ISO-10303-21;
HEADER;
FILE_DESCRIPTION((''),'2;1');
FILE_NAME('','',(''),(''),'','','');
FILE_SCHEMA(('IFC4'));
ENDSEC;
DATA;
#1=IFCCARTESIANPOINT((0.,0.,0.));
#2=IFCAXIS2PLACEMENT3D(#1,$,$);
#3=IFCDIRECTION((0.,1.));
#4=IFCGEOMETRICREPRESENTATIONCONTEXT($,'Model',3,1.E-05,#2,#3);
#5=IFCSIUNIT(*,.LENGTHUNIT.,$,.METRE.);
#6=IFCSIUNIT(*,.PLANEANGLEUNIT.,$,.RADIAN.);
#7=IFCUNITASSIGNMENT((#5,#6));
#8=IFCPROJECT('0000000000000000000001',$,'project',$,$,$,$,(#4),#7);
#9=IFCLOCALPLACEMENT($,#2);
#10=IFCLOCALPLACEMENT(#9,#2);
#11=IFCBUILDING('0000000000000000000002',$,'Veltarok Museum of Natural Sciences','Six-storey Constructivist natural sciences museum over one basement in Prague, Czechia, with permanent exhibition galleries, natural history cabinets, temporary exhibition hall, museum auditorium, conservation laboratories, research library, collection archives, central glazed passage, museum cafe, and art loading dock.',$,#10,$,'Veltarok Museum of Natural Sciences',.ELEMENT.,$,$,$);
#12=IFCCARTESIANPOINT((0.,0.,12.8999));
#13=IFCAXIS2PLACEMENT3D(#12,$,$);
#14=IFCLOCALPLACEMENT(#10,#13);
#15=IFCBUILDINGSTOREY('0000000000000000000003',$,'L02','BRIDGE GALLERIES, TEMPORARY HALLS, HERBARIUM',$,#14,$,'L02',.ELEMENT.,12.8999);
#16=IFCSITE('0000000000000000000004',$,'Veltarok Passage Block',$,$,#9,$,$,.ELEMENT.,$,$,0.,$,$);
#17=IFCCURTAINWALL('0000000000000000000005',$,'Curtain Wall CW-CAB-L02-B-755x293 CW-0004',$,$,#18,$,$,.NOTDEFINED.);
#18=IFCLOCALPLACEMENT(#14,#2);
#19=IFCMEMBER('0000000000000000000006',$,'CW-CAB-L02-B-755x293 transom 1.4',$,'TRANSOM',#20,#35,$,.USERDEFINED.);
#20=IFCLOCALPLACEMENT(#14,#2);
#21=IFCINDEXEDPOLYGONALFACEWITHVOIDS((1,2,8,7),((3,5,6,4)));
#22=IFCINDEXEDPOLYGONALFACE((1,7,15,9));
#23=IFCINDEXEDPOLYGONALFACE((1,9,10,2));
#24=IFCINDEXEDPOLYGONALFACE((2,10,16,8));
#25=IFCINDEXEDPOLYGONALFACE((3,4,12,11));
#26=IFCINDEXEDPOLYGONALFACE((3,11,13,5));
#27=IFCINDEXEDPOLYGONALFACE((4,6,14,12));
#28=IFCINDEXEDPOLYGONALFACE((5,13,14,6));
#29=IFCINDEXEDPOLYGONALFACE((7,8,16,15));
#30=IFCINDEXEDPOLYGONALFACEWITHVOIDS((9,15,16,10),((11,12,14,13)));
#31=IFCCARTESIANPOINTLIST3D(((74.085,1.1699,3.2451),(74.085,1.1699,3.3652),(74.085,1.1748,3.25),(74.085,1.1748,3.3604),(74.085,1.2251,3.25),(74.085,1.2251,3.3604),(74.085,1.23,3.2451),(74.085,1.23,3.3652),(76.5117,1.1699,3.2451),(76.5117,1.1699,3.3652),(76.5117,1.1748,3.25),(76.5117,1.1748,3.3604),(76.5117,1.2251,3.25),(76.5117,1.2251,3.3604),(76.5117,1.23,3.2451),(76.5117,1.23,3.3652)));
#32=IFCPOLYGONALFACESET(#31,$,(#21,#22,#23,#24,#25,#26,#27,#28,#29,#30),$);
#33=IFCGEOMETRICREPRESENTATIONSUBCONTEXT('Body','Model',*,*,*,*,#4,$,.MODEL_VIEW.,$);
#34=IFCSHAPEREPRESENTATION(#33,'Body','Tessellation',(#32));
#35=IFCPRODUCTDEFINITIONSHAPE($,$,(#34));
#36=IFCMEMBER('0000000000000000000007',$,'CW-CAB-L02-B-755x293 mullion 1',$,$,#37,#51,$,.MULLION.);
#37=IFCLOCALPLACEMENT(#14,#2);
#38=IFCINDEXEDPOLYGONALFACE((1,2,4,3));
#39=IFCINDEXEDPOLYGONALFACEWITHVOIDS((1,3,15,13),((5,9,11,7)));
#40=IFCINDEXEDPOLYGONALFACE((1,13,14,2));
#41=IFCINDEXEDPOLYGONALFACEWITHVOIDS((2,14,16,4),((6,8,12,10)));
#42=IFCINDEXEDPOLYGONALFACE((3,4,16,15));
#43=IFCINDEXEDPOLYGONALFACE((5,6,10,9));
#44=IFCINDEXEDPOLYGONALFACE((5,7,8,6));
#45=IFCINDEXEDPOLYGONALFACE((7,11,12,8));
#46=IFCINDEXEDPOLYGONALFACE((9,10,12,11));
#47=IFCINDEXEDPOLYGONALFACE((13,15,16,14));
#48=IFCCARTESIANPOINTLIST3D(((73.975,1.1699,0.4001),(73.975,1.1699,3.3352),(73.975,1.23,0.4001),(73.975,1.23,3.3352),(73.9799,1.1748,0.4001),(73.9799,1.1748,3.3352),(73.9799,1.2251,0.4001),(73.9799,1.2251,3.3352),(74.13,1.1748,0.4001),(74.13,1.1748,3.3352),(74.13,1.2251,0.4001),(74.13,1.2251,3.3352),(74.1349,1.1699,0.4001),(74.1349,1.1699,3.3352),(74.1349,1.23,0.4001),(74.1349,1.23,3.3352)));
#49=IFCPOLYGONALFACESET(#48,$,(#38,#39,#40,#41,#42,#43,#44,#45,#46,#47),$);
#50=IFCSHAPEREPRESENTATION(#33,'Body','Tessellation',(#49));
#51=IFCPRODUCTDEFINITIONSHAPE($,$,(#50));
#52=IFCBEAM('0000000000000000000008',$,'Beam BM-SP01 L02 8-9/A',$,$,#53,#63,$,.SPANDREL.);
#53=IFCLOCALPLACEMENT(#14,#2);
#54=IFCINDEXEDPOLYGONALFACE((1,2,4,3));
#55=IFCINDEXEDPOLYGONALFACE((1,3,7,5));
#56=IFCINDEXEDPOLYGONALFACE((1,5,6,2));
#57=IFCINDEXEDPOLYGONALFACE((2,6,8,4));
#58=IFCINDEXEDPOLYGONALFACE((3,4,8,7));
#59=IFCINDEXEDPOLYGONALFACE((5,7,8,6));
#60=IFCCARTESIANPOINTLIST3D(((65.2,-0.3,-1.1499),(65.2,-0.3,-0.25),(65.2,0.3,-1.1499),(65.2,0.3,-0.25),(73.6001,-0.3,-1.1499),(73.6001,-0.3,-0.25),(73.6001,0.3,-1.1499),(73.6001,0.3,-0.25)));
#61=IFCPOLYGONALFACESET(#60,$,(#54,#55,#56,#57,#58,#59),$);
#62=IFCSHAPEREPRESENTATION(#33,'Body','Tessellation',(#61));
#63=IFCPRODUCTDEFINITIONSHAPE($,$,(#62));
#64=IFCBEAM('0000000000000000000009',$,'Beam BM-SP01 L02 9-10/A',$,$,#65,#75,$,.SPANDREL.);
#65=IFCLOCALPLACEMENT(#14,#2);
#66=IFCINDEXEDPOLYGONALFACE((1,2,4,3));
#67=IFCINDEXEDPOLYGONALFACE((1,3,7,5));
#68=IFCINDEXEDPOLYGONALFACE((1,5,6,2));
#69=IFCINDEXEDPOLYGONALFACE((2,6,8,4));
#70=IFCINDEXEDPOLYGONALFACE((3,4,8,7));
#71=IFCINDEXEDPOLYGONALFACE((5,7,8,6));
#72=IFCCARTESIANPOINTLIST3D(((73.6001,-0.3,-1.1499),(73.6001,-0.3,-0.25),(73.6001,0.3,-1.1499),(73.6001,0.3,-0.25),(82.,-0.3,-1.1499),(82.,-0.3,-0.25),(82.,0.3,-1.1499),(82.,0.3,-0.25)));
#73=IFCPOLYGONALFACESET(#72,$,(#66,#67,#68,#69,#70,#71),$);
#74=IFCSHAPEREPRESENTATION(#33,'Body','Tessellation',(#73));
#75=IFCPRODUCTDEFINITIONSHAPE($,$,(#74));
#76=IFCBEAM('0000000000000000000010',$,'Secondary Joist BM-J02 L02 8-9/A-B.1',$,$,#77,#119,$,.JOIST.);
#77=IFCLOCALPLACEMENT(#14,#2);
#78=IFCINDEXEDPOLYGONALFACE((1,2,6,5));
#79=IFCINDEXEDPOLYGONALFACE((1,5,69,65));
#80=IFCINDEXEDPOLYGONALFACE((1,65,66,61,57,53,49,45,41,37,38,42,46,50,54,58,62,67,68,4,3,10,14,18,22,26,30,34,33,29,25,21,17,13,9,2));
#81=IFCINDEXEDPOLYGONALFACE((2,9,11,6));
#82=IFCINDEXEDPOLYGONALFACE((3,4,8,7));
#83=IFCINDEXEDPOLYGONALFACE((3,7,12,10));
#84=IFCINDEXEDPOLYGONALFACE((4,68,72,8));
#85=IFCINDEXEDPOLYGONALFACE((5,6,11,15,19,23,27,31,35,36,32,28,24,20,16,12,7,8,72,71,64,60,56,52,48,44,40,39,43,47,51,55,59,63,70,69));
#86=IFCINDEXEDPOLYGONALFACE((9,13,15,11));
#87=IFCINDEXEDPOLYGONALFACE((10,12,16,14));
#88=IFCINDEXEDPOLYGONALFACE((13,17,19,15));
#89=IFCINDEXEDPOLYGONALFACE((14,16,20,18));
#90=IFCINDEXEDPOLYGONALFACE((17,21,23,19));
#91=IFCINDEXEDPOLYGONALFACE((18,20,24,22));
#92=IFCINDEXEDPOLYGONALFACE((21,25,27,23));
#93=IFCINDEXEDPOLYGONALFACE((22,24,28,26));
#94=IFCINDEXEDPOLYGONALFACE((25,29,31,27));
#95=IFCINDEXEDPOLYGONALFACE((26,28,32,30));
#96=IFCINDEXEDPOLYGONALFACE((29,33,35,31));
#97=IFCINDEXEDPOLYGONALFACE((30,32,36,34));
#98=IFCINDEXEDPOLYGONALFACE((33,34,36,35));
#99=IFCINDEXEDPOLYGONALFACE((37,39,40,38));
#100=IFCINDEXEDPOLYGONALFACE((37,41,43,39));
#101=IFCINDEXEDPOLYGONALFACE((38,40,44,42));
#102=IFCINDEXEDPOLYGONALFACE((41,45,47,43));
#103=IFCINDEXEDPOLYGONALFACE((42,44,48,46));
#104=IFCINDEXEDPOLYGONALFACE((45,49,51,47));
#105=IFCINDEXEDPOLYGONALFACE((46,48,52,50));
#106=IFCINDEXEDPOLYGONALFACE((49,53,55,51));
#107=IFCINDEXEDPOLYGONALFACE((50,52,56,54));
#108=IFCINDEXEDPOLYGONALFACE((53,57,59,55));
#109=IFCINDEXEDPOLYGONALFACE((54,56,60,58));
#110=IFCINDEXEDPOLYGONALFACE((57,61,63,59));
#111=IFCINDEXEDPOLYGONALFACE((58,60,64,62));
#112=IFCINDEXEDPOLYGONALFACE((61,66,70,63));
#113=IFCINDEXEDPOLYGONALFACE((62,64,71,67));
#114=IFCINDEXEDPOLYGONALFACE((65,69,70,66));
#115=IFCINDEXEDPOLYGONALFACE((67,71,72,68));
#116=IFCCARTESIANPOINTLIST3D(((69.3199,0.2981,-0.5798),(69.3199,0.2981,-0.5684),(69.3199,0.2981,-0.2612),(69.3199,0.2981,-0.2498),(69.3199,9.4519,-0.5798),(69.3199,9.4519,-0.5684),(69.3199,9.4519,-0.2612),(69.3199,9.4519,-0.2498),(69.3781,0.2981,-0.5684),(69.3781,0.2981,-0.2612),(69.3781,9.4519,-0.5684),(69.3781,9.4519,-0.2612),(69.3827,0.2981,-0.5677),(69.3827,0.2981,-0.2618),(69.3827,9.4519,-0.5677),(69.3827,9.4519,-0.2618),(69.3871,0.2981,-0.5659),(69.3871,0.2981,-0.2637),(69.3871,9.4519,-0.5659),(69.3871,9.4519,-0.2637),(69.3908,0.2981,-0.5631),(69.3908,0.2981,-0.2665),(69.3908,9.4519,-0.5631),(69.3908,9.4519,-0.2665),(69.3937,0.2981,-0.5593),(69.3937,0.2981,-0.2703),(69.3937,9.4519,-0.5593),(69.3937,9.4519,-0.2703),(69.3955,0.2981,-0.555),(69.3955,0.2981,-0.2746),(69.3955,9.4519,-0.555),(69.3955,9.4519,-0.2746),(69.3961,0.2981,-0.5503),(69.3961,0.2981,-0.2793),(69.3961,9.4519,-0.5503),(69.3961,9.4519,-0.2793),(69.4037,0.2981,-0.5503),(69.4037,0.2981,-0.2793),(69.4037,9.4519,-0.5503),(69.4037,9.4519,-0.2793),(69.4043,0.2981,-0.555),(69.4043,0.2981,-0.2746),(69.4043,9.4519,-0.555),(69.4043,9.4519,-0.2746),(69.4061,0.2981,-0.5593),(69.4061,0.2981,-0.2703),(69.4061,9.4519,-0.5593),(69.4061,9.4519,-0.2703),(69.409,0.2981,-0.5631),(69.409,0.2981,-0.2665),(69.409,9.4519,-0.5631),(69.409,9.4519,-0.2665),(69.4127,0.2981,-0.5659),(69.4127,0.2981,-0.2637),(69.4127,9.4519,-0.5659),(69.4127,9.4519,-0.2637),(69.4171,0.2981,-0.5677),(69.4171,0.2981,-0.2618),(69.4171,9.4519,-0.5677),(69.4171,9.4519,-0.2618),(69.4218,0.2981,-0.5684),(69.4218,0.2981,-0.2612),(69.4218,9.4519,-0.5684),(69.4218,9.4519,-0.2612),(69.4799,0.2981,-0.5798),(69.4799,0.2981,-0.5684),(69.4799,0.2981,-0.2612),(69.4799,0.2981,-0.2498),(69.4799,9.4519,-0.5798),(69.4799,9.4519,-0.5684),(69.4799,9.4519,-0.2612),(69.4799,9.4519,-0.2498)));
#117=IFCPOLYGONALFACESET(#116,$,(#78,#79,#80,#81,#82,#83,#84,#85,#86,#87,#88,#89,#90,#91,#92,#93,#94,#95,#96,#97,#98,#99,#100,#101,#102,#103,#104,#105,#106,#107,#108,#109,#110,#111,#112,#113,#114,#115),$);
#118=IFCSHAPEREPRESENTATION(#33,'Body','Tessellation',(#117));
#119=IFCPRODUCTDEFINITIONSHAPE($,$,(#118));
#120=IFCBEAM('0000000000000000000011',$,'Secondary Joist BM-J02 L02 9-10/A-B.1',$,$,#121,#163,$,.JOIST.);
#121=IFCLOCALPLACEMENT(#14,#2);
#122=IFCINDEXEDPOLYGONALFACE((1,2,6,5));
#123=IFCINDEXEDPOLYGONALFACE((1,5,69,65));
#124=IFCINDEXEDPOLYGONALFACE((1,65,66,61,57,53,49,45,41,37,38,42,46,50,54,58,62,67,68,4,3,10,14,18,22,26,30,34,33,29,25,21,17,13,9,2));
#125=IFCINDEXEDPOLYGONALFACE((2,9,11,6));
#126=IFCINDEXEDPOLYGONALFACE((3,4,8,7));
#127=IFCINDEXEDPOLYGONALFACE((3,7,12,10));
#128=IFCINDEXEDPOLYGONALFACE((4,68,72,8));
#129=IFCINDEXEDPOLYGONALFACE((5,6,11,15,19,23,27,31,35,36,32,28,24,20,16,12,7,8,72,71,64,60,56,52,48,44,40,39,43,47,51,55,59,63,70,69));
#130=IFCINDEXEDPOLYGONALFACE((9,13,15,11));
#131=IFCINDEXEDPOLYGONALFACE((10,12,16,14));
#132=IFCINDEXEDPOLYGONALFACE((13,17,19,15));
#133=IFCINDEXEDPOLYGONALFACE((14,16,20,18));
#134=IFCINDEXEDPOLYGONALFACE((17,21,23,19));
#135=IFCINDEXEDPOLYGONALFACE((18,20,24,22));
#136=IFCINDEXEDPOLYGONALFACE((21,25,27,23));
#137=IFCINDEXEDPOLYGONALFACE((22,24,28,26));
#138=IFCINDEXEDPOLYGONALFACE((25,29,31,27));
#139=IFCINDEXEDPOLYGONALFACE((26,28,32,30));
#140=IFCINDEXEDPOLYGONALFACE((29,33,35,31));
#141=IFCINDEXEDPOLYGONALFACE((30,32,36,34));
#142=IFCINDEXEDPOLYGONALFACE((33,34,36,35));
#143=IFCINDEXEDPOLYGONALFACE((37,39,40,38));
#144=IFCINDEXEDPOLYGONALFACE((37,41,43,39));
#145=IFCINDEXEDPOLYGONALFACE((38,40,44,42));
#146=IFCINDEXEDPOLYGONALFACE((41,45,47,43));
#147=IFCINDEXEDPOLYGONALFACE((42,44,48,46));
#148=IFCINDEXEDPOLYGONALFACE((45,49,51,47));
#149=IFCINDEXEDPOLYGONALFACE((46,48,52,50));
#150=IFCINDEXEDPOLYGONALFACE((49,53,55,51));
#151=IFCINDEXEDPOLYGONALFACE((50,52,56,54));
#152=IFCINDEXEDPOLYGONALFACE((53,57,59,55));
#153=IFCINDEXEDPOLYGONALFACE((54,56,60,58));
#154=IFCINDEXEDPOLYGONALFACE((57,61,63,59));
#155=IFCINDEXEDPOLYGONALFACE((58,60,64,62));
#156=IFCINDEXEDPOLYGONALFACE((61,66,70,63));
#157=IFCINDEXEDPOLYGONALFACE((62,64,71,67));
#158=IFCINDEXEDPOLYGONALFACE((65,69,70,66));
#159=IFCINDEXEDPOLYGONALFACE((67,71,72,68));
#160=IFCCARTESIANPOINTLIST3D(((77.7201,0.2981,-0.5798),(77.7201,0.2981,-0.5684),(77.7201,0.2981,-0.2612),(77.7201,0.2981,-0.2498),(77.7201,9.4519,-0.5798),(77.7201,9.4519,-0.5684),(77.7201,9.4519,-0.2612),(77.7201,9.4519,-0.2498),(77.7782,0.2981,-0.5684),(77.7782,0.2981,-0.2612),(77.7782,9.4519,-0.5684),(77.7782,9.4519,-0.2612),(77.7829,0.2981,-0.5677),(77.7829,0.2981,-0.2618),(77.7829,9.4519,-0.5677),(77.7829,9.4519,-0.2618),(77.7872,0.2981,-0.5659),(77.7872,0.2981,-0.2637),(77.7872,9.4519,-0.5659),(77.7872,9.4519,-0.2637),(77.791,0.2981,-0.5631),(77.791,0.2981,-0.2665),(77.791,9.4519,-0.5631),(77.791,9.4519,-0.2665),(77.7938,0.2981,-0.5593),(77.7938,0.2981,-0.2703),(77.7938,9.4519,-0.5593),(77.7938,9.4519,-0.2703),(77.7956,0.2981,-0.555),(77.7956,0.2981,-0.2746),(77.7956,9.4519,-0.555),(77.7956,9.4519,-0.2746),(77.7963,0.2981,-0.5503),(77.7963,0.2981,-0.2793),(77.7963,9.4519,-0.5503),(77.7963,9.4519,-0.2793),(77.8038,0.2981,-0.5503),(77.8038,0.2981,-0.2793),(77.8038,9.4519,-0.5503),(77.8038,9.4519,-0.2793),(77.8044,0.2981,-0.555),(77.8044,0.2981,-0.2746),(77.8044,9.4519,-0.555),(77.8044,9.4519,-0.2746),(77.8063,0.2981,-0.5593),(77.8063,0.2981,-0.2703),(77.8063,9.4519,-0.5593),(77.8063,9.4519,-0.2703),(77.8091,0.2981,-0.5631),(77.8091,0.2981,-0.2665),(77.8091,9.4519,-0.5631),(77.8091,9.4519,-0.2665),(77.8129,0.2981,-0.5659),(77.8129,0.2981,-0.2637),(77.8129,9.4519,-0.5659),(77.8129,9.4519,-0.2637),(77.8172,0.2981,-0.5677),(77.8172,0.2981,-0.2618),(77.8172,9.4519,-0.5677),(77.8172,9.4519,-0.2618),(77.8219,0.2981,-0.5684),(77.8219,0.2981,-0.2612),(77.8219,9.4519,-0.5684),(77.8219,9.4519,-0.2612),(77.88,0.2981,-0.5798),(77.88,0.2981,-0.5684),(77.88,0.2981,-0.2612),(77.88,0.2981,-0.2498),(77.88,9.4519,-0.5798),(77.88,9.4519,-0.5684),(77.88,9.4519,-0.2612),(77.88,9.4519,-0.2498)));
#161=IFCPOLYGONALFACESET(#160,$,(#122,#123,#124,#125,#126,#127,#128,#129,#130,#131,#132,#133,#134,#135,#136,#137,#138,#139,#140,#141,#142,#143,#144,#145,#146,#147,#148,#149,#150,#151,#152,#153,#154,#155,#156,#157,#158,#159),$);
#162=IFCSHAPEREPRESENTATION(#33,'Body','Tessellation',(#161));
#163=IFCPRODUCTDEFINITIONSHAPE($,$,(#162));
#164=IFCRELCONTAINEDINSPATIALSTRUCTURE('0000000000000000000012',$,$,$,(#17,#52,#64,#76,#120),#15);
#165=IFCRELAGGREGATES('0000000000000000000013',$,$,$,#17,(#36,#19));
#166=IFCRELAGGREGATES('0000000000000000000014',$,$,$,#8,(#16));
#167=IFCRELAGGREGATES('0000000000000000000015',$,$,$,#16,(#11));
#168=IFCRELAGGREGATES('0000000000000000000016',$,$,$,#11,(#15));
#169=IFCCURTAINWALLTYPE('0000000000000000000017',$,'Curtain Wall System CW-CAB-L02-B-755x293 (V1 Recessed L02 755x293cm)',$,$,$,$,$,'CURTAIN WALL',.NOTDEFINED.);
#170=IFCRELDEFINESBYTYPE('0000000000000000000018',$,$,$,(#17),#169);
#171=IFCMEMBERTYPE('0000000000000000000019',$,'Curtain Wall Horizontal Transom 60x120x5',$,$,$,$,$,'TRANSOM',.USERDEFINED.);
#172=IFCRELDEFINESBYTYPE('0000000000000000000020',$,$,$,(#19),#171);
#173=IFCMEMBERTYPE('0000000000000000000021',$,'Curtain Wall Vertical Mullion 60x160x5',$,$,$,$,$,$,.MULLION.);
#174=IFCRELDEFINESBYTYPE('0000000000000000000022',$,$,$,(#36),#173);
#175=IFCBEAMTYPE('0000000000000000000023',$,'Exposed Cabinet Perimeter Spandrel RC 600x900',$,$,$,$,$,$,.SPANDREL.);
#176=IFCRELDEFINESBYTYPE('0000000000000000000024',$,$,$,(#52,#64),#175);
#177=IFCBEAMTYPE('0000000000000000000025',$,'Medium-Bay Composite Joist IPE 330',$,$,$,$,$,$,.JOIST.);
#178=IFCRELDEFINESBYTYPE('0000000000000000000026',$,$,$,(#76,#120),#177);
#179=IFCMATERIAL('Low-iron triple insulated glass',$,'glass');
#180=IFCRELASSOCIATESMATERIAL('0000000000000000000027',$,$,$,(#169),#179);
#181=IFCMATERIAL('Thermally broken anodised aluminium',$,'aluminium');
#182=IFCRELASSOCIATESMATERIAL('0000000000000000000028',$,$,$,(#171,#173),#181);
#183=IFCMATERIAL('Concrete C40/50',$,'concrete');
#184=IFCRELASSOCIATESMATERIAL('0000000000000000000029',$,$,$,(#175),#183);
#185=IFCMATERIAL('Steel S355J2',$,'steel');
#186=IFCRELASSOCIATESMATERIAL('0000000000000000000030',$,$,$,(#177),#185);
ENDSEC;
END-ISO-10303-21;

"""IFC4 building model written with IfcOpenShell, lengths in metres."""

from ifc_helpers import new_model, si_unit, direction, frame, origin, origin_2d, place, context, subcontext, project, spatial, rectangle, hollow_rectangle, i_section, extrude, material, material_profile, profile_set, type_object, element, aggregate, save


model = new_model("IFC4")

# Units and contexts
model_context = context("Model", 3, precision=1e-05, world=origin(), true_north=direction((0.0, 1.0)))
body_context = subcontext(model_context, "Body", "Model", "MODEL_VIEW")
ifc_project = project(units=[si_unit("LENGTHUNIT", "METRE"), si_unit("PLANEANGLEUNIT", "RADIAN")], contexts=[model_context])

# Site, building, storey
site_placement = place(None, origin())
site = spatial("IfcSite", under=ifc_project, at=site_placement, Name="Veltarok Passage Block", CompositionType="ELEMENT", RefElevation=0.0)
building_placement = place(site_placement, origin())
building = spatial("IfcBuilding", under=site, at=building_placement, Name="Veltarok Museum of Natural Sciences", Description="Six-storey Constructivist natural sciences museum over one basement in Prague, Czechia, with permanent exhibition galleries, natural history cabinets, temporary exhibition hall, museum auditorium, conservation laboratories, research library, collection archives, central glazed passage, museum cafe, and art loading dock.", LongName="Veltarok Museum of Natural Sciences", CompositionType="ELEMENT")
storey_placement = place(building_placement, frame((0.0, 0.0, 12.8999)))
storey = spatial("IfcBuildingStorey", under=building, at=storey_placement, Name="L02", Description="BRIDGE GALLERIES, TEMPORARY HALLS, HERBARIUM", LongName="L02", CompositionType="ELEMENT", Elevation=12.8999)

# Shared definitions
ifc_material_1 = material(Name="Concrete C40/50", Category="concrete")

# Shared definitions
ifc_material_2 = material(Name="Steel S355J2", Category="steel")

# Curtain wall, members
ifc_material_3 = material(Name="Low-iron triple insulated glass", Category="glass")
curtain_wall_type = type_object("IfcCurtainWallType", Name="Curtain Wall System CW-CAB-L02-B-755x293 (V1 Recessed L02 755x293cm)", ElementType="CURTAIN WALL", PredefinedType="NOTDEFINED", material=ifc_material_3)
curtain_wall_placement = place(storey_placement, origin())
curtain_wall = element("IfcCurtainWall", 1, at=curtain_wall_placement, inside=storey, type_object=curtain_wall_type, Name="Curtain Wall CW-CAB-L02-B-755x293 CW-0004", PredefinedType="NOTDEFINED")
ifc_material_4 = material(Name="Thermally broken anodised aluminium", Category="aluminium")
ifc_material_profile_1 = material_profile(ifc_material_4, hollow_rectangle(XDim=0.0601, YDim=0.1201, WallThickness=0.0049, at=origin_2d()), Name="CW TRANSOM 60x120x5")
ifc_profile_set_1 = profile_set([ifc_material_profile_1], Name="Thermally broken anodised aluminium")
member_type_1 = type_object("IfcMemberType", Name="Curtain Wall Horizontal Transom 60x120x5", ElementType="TRANSOM", PredefinedType="USERDEFINED", material=ifc_profile_set_1)
member_1_placement = place(storey_placement, frame((74.085, 1.2, 3.3052), z_axis=(1.0, 0.0, 0.0), x_axis=(0.0, 1.0, 0.0)))
member_1 = element("IfcMember", 2, at=member_1_placement, type_object=member_type_1, Name="CW-CAB-L02-B-755x293 transom 1.4", ObjectType="TRANSOM", PredefinedType="USERDEFINED", context=body_context, shape_type="SweptSolid", body=[
    extrude(hollow_rectangle(XDim=0.0601, YDim=0.1201, WallThickness=0.0049, at=origin_2d()), origin(), (0.0, 0.0, 1.0), 2.4268),
])
ifc_material_profile_2 = material_profile(ifc_material_4, hollow_rectangle(XDim=0.0601, YDim=0.1599, WallThickness=0.0049, at=origin_2d()), Name="CW MULLION 60x160x5")
ifc_profile_set_2 = profile_set([ifc_material_profile_2], Name="Thermally broken anodised aluminium")
member_type_2 = type_object("IfcMemberType", Name="Curtain Wall Vertical Mullion 60x160x5", PredefinedType="MULLION", material=ifc_profile_set_2)
member_2_placement = place(storey_placement, frame((74.0549, 1.2, 0.4001), z_axis=(0.0, 0.0, 1.0), x_axis=(0.0, 1.0, 0.0)))
member_2 = element("IfcMember", 3, at=member_2_placement, type_object=member_type_2, Name="CW-CAB-L02-B-755x293 mullion 1", PredefinedType="MULLION", context=body_context, shape_type="SweptSolid", body=[
    extrude(hollow_rectangle(XDim=0.0601, YDim=0.1599, WallThickness=0.0049, at=origin_2d()), origin(), (0.0, 0.0, 1.0), 2.9351),
])

# Beams
ifc_material_profile_3 = material_profile(ifc_material_1, rectangle(XDim=0.6001, YDim=0.8999, at=origin_2d()), Name="RC 600x900")
ifc_profile_set_3 = profile_set([ifc_material_profile_3], Name="Concrete C40/50")
beam_type_1 = type_object("IfcBeamType", Name="Exposed Cabinet Perimeter Spandrel RC 600x900", PredefinedType="SPANDREL", material=ifc_profile_set_3)
beam_1_placement = place(storey_placement, frame((65.2, 0.0, -0.7), z_axis=(1.0, 0.0, 0.0), x_axis=(0.0, 1.0, 0.0)))
element("IfcBeam", 4, at=beam_1_placement, inside=storey, type_object=beam_type_1, Name="Beam BM-SP01 L02 8-9/A", PredefinedType="SPANDREL", context=body_context, shape_type="SweptSolid", body=[
    extrude(rectangle(XDim=0.6001, YDim=0.8999, at=origin_2d()), origin(), (0.0, 0.0, 1.0), 8.4001),
])
beam_2_placement = place(storey_placement, frame((73.6001, 0.0, -0.7), z_axis=(1.0, 0.0, 0.0), x_axis=(0.0, 1.0, 0.0)))
element("IfcBeam", 5, at=beam_2_placement, inside=storey, type_object=beam_type_1, Name="Beam BM-SP01 L02 9-10/A", PredefinedType="SPANDREL", context=body_context, shape_type="SweptSolid", body=[
    extrude(rectangle(XDim=0.6001, YDim=0.8999, at=origin_2d()), origin(), (0.0, 0.0, 1.0), 8.3999),
])
ifc_material_profile_4 = material_profile(ifc_material_2, i_section(OverallWidth=0.1599, OverallDepth=0.3301, WebThickness=0.0076, FlangeThickness=0.0115, FilletRadius=0.0181, at=origin_2d()), Name="IPE 330")
ifc_profile_set_4 = profile_set([ifc_material_profile_4], Name="Steel S355J2")
beam_type_2 = type_object("IfcBeamType", Name="Medium-Bay Composite Joist IPE 330", PredefinedType="JOIST", material=ifc_profile_set_4)
for number, where, z_axis, x_axis, name in (
    (6, (69.3999, 0.2981, -0.4148), (0.0, 1.0, 0.0), (-1.0, 0.0, 0.0), "Secondary Joist BM-J02 L02 8-9/A-B.1"),
    (7, (77.8, 0.2981, -0.4148), (0.0, 1.0, 0.0), (-1.0, 0.0, 0.0), "Secondary Joist BM-J02 L02 9-10/A-B.1"),
):
    element("IfcBeam", number, at=place(storey_placement, frame(where, z_axis=z_axis, x_axis=x_axis)), inside=storey, type_object=beam_type_2, Name=name, PredefinedType="JOIST", context=body_context, shape_type="SweptSolid", body=[
        extrude(i_section(OverallWidth=0.1599, OverallDepth=0.3301, WebThickness=0.0076, FlangeThickness=0.0115, FilletRadius=0.0181, at=origin_2d()), origin(), (0.0, 0.0, 1.0), 9.1538),
    ])

aggregate(curtain_wall, [member_2, member_1])

save(model, "model.ifc")
